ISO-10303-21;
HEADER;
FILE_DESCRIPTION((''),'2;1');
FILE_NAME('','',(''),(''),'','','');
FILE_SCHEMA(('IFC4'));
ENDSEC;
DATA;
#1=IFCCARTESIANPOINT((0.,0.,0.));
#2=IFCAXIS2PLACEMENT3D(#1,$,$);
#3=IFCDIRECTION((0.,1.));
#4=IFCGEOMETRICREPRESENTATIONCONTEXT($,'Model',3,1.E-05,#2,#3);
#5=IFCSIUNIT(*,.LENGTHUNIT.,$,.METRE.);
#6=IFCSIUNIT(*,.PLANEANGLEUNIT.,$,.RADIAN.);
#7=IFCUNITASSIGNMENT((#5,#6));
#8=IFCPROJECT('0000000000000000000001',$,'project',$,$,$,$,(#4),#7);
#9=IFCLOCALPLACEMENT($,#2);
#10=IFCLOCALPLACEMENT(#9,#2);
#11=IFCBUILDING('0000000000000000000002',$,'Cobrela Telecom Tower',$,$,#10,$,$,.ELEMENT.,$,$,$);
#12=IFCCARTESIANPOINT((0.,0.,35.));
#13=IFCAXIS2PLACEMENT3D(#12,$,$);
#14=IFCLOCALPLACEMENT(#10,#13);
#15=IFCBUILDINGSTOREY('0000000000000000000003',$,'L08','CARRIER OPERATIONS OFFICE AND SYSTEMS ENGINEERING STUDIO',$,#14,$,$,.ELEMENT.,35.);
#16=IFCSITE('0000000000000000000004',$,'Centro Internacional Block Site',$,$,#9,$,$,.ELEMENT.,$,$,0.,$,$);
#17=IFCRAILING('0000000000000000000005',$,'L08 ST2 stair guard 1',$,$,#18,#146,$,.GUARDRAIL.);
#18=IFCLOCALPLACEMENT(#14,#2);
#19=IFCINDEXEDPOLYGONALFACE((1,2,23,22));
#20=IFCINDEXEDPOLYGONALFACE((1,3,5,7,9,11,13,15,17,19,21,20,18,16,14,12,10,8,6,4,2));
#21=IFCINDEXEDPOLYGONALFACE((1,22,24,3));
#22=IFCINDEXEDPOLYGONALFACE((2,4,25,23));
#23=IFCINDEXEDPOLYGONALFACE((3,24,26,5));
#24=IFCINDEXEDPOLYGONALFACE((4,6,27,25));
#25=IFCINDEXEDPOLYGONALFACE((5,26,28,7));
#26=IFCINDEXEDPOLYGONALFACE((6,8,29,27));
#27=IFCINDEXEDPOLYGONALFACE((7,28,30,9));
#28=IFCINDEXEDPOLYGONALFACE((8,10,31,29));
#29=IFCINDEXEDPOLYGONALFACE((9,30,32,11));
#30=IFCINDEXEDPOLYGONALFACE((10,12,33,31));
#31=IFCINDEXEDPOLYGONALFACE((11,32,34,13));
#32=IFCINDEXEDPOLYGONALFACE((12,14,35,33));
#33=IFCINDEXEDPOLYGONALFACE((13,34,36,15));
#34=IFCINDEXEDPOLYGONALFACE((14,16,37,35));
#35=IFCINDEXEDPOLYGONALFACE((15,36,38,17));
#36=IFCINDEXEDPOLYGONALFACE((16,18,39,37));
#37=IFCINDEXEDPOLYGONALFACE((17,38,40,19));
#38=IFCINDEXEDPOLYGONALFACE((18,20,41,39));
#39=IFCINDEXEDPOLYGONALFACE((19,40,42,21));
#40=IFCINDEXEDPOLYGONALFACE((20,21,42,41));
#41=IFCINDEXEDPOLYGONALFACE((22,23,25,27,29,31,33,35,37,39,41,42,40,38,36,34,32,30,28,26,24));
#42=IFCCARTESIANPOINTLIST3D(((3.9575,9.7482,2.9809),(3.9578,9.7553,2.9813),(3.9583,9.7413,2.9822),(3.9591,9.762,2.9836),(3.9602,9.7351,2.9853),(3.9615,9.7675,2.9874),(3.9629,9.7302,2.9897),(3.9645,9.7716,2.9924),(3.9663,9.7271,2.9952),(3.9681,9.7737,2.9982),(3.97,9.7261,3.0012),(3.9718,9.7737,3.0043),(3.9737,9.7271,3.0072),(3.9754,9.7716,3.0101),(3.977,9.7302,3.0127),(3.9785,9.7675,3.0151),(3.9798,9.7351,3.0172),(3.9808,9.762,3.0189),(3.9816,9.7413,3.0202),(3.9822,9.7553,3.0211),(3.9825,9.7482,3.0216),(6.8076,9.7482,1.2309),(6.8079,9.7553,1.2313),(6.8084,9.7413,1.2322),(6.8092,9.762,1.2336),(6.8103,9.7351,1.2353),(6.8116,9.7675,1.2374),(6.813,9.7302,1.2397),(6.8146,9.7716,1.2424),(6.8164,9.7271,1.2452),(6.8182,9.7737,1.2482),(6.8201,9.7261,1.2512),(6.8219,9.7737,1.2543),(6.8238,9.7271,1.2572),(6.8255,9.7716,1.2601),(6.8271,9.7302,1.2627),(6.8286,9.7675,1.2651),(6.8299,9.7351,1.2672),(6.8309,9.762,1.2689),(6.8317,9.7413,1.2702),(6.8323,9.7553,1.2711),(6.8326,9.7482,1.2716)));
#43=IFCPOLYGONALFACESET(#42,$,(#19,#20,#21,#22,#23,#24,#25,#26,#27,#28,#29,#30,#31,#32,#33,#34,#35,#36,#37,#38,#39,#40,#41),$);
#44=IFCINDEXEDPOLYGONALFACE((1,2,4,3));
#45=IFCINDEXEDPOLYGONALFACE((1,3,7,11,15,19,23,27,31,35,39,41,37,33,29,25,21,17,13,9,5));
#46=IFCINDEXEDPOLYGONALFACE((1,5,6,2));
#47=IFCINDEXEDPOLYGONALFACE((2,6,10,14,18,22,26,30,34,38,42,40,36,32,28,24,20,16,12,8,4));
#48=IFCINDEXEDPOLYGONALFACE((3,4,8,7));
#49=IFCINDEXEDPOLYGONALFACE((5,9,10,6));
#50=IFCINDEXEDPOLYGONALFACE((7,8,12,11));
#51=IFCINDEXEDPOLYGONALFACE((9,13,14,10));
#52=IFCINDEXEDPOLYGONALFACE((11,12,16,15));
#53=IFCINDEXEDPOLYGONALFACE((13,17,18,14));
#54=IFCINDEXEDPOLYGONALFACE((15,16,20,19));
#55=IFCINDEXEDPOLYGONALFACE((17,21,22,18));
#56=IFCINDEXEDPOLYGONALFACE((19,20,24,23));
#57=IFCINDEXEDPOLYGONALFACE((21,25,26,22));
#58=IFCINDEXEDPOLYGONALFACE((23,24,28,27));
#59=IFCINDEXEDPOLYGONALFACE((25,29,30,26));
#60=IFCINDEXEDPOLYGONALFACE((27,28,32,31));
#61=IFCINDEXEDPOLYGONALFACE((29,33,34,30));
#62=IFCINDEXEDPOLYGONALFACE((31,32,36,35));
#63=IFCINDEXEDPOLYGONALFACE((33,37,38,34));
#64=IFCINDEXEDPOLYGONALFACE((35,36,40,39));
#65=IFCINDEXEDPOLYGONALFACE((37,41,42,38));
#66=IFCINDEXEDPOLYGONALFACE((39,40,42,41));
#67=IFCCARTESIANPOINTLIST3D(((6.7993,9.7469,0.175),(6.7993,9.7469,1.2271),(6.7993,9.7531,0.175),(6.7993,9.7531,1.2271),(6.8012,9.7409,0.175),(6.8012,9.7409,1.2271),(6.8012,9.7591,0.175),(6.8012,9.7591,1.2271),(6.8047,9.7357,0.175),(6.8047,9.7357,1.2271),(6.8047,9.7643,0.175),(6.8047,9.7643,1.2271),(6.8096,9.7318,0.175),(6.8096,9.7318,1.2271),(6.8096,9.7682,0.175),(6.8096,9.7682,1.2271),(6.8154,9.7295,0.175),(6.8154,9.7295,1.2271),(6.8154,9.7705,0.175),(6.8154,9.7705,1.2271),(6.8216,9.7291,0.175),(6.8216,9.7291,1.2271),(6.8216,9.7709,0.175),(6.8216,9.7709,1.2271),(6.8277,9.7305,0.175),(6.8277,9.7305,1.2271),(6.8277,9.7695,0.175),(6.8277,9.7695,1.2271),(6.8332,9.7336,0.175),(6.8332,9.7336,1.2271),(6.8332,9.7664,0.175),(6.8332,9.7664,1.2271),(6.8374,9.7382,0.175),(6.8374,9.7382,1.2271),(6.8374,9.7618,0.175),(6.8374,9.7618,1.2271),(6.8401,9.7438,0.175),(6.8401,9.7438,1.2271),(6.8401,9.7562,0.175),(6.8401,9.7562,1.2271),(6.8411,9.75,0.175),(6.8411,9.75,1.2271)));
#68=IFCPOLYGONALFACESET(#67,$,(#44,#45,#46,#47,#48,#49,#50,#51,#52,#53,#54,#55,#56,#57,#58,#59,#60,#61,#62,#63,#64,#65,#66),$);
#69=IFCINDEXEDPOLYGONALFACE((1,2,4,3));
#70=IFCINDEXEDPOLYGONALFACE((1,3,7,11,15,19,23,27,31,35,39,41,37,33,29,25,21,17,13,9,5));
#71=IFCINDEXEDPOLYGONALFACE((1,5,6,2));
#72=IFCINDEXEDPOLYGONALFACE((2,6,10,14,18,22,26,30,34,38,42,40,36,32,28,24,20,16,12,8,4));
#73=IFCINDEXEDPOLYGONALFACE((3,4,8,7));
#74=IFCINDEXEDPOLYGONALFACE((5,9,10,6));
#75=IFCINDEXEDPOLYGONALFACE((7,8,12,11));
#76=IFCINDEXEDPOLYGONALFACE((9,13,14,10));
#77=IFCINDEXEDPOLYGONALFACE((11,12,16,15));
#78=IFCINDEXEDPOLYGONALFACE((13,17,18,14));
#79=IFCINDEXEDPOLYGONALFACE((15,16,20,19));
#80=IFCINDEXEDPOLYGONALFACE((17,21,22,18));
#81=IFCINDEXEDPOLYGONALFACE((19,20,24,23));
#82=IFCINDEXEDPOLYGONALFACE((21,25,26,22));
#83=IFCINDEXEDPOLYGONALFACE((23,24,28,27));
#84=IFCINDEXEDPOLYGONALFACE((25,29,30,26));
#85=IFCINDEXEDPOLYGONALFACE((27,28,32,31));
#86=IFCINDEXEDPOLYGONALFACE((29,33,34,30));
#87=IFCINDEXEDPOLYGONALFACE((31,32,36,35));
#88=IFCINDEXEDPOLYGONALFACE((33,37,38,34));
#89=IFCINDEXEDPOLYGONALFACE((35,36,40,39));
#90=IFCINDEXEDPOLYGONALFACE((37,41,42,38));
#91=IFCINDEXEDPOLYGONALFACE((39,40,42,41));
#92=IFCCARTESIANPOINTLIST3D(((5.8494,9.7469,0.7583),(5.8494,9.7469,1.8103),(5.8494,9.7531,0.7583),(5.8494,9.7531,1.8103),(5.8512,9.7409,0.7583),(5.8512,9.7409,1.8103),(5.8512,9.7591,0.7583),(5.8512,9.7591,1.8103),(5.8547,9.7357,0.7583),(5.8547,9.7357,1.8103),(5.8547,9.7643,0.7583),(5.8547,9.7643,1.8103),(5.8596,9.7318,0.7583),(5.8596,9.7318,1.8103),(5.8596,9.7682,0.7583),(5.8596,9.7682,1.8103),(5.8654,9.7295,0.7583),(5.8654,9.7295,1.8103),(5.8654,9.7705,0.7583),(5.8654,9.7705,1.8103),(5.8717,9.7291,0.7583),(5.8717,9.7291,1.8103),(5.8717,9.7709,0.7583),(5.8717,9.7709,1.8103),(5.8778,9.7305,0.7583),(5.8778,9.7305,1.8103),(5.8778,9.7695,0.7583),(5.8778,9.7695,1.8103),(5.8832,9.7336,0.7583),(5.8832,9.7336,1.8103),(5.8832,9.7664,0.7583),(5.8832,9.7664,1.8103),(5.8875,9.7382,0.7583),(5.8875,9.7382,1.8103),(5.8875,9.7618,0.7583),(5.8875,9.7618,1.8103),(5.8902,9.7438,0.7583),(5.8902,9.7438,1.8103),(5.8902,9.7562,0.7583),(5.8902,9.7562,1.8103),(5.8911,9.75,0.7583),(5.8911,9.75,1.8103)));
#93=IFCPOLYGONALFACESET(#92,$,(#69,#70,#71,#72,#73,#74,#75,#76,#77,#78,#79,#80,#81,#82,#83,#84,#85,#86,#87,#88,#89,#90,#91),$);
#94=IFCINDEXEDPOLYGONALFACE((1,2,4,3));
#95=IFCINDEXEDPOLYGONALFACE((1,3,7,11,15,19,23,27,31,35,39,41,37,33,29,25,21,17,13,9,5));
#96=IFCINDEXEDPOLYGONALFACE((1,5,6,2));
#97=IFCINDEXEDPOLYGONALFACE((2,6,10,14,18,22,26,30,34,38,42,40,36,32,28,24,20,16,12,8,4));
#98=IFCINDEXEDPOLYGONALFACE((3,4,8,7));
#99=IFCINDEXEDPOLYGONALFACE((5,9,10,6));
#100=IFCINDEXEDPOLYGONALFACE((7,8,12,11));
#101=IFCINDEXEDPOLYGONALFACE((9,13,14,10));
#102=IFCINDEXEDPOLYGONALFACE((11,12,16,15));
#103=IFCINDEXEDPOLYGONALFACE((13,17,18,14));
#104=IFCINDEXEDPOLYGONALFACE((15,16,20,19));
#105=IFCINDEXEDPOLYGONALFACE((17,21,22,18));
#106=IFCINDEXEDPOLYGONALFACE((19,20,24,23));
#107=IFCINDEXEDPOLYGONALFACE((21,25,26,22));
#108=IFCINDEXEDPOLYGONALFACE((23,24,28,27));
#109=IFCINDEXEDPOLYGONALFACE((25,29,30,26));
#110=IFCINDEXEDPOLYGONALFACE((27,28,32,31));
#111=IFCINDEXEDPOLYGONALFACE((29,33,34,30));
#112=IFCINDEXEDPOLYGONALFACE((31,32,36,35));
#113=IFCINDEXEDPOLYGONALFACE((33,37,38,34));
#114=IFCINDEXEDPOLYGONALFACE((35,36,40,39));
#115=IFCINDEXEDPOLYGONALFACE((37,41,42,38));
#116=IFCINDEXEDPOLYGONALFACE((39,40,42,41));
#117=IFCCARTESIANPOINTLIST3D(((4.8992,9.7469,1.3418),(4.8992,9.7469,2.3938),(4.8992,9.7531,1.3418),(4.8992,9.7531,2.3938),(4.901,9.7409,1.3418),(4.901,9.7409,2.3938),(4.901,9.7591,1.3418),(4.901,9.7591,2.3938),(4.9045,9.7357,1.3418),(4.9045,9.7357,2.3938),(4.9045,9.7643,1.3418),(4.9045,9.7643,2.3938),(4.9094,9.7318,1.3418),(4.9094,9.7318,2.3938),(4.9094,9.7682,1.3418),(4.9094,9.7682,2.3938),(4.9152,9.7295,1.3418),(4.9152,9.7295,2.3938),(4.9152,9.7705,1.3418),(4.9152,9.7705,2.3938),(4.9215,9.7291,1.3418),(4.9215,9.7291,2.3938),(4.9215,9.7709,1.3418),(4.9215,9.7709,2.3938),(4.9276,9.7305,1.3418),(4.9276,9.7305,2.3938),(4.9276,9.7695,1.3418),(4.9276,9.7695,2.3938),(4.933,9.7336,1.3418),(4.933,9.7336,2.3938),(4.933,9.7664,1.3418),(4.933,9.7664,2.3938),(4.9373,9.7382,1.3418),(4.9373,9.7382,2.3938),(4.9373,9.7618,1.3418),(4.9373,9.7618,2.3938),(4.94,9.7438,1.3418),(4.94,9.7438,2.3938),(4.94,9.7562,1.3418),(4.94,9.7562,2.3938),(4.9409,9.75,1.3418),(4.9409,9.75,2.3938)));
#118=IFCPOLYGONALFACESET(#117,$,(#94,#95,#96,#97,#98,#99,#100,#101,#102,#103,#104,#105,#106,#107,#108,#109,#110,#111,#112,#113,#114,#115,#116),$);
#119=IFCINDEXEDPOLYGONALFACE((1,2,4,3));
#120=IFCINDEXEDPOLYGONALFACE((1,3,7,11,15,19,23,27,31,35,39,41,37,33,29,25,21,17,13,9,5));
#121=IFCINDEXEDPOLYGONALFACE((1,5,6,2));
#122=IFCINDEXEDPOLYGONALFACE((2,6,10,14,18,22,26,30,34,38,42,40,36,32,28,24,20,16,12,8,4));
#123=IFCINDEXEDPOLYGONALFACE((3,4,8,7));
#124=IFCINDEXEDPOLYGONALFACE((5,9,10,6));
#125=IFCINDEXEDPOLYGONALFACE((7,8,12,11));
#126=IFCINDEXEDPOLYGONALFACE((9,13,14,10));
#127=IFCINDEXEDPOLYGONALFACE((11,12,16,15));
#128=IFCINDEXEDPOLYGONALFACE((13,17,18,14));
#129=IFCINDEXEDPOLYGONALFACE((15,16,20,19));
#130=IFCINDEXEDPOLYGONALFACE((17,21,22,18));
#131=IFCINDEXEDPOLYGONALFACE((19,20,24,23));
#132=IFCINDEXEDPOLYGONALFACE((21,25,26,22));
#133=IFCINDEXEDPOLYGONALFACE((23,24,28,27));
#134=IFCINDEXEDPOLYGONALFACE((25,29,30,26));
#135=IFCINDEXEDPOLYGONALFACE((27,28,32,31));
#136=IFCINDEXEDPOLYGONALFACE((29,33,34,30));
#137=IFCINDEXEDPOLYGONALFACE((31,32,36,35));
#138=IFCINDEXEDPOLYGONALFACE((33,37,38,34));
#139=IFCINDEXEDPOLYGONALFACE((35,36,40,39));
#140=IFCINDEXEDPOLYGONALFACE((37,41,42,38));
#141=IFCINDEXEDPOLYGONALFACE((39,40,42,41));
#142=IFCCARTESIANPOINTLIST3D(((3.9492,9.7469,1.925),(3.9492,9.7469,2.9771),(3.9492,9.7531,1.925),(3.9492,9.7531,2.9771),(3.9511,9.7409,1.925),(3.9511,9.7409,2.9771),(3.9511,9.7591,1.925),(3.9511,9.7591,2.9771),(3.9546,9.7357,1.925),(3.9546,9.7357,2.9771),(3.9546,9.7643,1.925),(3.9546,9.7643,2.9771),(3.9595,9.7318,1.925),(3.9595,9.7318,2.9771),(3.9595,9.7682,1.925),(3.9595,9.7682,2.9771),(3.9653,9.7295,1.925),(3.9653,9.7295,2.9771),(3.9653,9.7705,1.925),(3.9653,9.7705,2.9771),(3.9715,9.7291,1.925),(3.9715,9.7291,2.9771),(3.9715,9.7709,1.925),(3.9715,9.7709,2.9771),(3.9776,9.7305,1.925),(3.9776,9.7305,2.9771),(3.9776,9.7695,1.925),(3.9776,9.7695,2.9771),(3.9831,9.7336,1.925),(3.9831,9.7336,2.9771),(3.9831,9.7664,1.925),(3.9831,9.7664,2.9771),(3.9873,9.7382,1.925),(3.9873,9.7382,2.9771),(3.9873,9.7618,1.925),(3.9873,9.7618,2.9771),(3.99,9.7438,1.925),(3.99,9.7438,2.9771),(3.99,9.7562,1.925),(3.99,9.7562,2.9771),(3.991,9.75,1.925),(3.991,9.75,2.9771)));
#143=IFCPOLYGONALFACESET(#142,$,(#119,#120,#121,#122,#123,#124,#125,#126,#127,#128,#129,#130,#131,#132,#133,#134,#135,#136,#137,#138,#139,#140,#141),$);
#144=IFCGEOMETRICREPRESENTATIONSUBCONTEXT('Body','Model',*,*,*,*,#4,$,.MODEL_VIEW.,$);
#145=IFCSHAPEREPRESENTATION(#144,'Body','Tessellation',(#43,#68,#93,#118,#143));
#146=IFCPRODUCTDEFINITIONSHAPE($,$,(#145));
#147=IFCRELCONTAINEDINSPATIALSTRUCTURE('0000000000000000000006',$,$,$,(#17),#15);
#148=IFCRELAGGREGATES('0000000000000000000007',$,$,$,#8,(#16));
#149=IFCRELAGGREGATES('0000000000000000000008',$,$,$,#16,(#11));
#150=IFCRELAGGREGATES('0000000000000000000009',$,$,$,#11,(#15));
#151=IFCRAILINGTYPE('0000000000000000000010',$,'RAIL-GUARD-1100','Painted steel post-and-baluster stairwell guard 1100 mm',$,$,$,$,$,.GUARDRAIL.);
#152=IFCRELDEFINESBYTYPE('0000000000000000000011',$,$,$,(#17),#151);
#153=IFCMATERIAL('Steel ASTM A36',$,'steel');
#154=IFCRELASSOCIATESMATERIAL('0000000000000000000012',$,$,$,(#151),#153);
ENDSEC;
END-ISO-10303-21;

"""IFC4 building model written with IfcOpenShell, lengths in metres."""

from ifc_helpers import new_model, si_unit, direction, frame, origin, origin_2d, place, context, subcontext, project, spatial, circle, extrude, material, type_object, element, save


model = new_model("IFC4")

# Units and contexts
model_context = context("Model", 3, precision=1e-05, world=origin(), true_north=direction((0.0, 1.0)))
body_context = subcontext(model_context, "Body", "Model", "MODEL_VIEW")
ifc_project = project(units=[si_unit("LENGTHUNIT", "METRE"), si_unit("PLANEANGLEUNIT", "RADIAN")], contexts=[model_context])

# Site, building, storey
site_placement = place(None, origin())
site = spatial("IfcSite", under=ifc_project, at=site_placement, Name="Centro Internacional Block Site", CompositionType="ELEMENT", RefElevation=0.0)
building_placement = place(site_placement, origin())
building = spatial("IfcBuilding", under=site, at=building_placement, Name="Cobrela Telecom Tower", CompositionType="ELEMENT")
storey_placement = place(building_placement, frame((0.0, 0.0, 35.0)))
storey = spatial("IfcBuildingStorey", under=building, at=storey_placement, Name="L08", Description="CARRIER OPERATIONS OFFICE AND SYSTEMS ENGINEERING STUDIO", CompositionType="ELEMENT", Elevation=35.0)

# Railing
ifc_material_1 = material(Name="Steel ASTM A36", Category="steel")
railing_type_1 = type_object("IfcRailingType", Name="RAIL-GUARD-1100", Description="Painted steel post-and-baluster stairwell guard 1100 mm", PredefinedType="GUARDRAIL", material=ifc_material_1)
railing_1_placement = place(storey_placement, frame((6.8201, 9.75, 0.175)))
element("IfcRailing", 1, at=railing_1_placement, inside=storey, type_object=railing_type_1, Name="L08 ST2 stair guard 1", PredefinedType="GUARDRAIL", context=body_context, shape_type="SweptSolid", body=[
    extrude(circle(Radius=0.0239, at=origin_2d()), frame((0.0, 0.0, 1.0762), z_axis=(-0.852179, 0.0, 0.52325), x_axis=(0.0, -1.0, 0.0)), (0.0, 0.0, 1.0), 3.3445),
    extrude(circle(Radius=0.021, at=origin_2d()), origin(), (0.0, 0.0, 1.0), 1.052),
    extrude(circle(Radius=0.021, at=origin_2d()), frame((-0.95, 0.0, 0.5833)), (0.0, 0.0, 1.0), 1.052),
    extrude(circle(Radius=0.021, at=origin_2d()), frame((-1.9001, 0.0, 1.1667)), (0.0, 0.0, 1.0), 1.052),
    extrude(circle(Radius=0.021, at=origin_2d()), frame((-2.8501, 0.0, 1.75)), (0.0, 0.0, 1.0), 1.052),
])

save(model, "model.ifc")
